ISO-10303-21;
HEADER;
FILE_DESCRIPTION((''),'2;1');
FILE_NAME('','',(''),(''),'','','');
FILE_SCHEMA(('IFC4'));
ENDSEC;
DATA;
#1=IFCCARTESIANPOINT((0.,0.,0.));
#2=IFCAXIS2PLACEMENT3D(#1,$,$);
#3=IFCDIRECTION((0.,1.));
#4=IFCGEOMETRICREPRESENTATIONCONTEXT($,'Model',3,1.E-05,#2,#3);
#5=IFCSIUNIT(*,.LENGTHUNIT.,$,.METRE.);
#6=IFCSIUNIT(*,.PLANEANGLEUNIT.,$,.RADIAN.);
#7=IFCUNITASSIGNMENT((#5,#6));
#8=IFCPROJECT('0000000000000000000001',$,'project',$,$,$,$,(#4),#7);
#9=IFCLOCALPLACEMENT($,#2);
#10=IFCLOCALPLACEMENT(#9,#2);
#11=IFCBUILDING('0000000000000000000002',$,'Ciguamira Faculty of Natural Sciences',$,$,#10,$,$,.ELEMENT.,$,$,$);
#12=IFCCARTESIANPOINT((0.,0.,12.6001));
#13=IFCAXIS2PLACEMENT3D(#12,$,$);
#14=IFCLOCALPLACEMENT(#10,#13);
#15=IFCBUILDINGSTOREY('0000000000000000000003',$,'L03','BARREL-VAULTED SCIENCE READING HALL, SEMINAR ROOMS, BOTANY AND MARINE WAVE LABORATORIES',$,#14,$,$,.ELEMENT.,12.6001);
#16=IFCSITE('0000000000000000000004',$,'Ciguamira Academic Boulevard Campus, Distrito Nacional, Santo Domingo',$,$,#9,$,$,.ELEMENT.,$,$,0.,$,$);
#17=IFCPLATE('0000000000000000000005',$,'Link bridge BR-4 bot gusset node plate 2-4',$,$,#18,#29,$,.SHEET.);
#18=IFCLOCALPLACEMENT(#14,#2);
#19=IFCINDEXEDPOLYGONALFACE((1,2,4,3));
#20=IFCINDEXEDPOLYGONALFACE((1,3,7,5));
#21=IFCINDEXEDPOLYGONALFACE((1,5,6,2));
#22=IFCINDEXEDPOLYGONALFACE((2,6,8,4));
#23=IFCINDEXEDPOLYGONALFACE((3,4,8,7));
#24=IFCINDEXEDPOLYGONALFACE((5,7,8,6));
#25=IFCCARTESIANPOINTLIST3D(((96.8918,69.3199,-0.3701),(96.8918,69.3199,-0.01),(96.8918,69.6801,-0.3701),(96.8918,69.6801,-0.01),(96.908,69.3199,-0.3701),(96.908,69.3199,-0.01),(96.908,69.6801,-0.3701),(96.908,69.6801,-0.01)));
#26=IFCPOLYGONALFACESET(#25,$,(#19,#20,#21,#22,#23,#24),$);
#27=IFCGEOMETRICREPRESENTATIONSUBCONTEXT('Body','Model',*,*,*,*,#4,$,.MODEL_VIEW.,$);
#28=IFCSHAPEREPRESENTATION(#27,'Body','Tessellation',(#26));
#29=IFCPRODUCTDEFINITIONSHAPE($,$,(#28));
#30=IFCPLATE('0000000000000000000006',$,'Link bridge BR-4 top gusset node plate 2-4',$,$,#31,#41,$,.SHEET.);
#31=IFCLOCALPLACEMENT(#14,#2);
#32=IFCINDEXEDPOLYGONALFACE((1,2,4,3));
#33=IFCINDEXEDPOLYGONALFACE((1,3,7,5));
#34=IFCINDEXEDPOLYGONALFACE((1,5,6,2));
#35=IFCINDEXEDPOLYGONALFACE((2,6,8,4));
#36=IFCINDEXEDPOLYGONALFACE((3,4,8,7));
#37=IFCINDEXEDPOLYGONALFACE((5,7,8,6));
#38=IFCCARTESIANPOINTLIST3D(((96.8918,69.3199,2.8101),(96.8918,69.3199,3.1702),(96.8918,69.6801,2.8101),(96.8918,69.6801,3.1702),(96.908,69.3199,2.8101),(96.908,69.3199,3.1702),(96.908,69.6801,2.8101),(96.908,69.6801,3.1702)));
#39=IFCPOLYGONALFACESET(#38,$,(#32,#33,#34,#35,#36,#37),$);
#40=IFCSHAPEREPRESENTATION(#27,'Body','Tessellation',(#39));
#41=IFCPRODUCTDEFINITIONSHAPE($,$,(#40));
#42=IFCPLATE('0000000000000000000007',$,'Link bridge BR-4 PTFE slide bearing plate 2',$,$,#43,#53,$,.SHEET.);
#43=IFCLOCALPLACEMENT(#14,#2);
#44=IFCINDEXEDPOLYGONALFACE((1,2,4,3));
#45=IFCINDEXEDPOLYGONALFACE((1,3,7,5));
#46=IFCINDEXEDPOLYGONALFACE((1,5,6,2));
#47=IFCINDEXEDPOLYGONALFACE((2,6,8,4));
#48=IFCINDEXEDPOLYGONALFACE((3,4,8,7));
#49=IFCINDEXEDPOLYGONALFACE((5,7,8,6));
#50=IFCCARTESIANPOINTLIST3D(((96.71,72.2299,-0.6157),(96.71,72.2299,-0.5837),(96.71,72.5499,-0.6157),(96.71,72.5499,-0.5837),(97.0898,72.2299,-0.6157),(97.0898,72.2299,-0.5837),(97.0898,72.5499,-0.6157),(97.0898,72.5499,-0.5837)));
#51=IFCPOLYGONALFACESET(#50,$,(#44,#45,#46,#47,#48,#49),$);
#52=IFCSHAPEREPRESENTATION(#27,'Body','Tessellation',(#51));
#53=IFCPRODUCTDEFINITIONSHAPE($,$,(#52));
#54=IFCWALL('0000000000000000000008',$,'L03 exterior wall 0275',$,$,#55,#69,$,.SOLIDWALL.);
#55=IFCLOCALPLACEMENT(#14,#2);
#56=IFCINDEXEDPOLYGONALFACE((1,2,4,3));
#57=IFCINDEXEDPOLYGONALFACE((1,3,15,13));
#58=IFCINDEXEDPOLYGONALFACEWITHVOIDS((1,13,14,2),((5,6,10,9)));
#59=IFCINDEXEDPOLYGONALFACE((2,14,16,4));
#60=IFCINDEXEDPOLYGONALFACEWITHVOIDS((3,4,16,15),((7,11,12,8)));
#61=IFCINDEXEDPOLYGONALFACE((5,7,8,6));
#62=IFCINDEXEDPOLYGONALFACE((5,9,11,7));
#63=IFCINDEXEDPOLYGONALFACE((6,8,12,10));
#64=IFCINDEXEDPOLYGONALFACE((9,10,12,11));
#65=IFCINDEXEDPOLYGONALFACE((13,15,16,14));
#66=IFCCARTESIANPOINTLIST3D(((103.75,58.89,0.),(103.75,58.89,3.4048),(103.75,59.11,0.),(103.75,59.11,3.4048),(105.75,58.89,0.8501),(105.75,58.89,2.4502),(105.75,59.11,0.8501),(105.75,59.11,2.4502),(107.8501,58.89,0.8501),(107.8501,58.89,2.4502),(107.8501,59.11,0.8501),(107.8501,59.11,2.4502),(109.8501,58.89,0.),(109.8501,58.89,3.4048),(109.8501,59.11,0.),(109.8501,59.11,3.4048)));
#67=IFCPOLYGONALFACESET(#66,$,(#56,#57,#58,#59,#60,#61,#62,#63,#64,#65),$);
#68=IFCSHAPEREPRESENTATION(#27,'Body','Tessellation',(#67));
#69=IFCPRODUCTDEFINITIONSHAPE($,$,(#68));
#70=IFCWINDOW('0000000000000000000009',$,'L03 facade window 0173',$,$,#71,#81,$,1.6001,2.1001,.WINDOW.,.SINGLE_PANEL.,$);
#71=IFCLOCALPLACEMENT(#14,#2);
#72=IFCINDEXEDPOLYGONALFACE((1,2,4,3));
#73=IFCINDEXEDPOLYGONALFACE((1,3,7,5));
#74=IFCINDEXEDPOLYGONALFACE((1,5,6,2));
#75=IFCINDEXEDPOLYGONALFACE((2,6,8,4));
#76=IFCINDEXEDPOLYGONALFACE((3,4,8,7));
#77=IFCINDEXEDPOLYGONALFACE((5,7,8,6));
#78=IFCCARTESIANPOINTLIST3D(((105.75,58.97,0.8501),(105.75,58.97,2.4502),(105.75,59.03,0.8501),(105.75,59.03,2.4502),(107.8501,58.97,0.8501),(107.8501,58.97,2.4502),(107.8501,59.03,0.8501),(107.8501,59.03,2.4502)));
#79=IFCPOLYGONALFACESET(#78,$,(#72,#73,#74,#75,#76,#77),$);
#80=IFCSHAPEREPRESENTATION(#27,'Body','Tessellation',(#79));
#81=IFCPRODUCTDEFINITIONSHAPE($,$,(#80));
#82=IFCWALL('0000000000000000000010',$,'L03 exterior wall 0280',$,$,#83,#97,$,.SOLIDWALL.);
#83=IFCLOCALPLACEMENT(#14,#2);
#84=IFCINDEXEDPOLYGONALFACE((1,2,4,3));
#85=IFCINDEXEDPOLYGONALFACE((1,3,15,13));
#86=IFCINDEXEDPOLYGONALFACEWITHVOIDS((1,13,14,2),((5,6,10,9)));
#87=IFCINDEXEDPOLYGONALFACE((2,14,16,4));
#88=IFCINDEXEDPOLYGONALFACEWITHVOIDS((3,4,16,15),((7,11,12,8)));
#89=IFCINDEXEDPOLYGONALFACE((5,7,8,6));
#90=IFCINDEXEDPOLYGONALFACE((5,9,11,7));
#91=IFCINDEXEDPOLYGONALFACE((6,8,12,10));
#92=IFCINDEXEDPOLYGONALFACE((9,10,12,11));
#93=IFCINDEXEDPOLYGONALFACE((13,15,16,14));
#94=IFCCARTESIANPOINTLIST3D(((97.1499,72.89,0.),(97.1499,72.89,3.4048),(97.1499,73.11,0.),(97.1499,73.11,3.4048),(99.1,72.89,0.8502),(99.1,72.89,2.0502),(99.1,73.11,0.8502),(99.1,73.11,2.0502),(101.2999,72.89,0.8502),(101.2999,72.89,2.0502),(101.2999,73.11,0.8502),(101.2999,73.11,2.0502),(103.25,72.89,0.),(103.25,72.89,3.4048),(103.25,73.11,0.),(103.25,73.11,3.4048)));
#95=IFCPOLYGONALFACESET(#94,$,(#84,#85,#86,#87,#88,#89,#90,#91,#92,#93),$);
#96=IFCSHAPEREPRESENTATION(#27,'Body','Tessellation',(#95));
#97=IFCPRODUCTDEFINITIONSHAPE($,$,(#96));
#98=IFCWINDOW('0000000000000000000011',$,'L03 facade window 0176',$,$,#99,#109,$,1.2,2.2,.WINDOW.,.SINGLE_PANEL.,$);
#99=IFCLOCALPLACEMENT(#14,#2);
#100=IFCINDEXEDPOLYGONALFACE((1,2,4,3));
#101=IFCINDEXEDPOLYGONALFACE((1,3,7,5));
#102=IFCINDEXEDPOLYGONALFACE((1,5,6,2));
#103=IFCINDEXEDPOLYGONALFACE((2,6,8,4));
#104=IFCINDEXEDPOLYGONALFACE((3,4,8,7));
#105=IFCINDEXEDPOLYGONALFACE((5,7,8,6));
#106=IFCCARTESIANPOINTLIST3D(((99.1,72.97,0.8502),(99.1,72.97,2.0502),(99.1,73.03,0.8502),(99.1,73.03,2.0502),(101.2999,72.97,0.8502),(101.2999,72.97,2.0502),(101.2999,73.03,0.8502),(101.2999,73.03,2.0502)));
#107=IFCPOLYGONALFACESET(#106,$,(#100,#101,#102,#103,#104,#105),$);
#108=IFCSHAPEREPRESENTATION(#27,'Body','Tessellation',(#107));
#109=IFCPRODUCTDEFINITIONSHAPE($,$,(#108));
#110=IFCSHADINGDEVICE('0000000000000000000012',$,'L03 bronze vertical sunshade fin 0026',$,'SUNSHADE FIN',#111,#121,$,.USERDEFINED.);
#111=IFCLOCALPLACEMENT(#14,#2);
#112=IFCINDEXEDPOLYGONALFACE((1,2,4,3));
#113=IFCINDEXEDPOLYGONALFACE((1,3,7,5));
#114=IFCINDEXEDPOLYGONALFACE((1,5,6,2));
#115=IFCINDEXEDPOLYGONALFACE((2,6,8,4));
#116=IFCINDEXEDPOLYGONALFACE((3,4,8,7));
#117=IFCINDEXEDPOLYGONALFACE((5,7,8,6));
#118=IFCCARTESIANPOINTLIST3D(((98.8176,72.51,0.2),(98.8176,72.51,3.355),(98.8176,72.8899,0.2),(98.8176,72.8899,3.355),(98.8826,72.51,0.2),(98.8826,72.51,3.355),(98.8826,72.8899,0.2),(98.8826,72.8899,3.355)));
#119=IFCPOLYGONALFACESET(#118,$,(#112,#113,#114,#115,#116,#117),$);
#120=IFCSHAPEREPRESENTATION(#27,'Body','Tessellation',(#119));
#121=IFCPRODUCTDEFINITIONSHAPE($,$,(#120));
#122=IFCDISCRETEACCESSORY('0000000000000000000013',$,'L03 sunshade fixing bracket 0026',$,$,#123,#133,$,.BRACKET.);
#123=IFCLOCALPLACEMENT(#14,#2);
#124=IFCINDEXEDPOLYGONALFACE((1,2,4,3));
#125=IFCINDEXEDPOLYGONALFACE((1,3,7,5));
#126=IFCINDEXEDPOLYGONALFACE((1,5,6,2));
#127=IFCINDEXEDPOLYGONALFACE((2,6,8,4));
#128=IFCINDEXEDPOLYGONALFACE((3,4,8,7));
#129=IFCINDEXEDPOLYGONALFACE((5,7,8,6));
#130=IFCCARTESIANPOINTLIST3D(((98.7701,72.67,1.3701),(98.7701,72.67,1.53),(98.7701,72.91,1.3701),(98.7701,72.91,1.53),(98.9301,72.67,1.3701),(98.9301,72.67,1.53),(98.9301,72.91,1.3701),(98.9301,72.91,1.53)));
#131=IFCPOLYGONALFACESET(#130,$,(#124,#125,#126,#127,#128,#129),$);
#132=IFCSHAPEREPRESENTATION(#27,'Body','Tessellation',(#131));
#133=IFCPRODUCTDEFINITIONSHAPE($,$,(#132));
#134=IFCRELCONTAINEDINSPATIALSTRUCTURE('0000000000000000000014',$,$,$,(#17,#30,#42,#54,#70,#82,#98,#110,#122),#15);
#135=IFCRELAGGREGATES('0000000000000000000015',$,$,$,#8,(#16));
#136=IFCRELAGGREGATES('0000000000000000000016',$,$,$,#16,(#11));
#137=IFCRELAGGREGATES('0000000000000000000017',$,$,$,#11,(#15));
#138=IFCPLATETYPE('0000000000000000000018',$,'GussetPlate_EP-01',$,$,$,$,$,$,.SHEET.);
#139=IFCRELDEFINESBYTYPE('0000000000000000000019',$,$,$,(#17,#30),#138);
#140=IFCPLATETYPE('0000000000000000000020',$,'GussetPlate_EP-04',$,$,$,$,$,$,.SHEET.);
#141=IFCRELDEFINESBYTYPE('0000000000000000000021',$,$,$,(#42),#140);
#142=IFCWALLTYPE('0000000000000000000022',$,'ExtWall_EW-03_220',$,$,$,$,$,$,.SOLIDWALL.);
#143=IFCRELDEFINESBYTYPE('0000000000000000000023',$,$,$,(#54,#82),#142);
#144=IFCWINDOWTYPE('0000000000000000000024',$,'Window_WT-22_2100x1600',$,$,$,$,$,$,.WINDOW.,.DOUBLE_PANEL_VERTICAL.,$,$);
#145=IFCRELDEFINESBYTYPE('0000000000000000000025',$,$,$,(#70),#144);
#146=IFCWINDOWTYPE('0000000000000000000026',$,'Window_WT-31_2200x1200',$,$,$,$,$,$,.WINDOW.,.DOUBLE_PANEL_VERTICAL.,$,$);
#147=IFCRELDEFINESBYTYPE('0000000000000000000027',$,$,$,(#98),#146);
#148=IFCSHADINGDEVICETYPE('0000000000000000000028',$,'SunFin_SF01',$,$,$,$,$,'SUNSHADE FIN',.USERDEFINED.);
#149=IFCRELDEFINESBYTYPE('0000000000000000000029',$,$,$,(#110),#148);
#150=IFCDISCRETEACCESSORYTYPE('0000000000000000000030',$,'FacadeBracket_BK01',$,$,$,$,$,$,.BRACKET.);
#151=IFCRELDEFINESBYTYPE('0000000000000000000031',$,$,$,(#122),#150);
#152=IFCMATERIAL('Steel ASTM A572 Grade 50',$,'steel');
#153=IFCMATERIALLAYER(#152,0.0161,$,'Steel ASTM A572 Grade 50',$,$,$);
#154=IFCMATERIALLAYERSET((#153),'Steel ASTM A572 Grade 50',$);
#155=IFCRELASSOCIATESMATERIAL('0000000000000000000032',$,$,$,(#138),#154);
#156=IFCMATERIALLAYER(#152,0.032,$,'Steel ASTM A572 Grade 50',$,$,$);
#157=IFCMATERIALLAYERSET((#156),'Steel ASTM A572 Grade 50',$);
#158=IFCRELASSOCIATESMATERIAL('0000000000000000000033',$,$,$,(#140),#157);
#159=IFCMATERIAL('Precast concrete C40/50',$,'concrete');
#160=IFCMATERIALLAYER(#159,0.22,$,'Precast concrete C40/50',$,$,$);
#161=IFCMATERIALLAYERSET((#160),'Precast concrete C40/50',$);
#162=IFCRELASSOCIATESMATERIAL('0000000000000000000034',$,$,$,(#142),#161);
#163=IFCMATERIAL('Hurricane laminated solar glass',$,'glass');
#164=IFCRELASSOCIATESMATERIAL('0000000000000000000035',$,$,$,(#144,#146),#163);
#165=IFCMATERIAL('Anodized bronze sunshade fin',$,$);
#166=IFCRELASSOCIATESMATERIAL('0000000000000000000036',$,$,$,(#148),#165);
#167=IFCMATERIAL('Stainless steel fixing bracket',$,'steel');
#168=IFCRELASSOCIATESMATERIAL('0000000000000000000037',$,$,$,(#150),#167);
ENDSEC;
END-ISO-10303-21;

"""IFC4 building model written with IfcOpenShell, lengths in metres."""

from ifc_helpers import new_model, si_unit, direction, frame, frame_2d, origin, origin_2d, place, context, subcontext, project, spatial, rectangle, extrude, material, layer, layer_set, material_profile, profile_set, type_object, element, fill, save


model = new_model("IFC4")

# Units and contexts
model_context = context("Model", 3, precision=1e-05, world=origin(), true_north=direction((0.0, 1.0)))
body_context = subcontext(model_context, "Body", "Model", "MODEL_VIEW")
ifc_project = project(units=[si_unit("LENGTHUNIT", "METRE"), si_unit("PLANEANGLEUNIT", "RADIAN")], contexts=[model_context])

# Site, building, storey
site_placement = place(None, origin())
site = spatial("IfcSite", under=ifc_project, at=site_placement, Name="Ciguamira Academic Boulevard Campus, Distrito Nacional, Santo Domingo", CompositionType="ELEMENT", RefElevation=0.0)
building_placement = place(site_placement, origin())
building = spatial("IfcBuilding", under=site, at=building_placement, Name="Ciguamira Faculty of Natural Sciences", CompositionType="ELEMENT")
storey_placement = place(building_placement, frame((0.0, 0.0, 12.6001)))
storey = spatial("IfcBuildingStorey", under=building, at=storey_placement, Name="L03", Description="BARREL-VAULTED SCIENCE READING HALL, SEMINAR ROOMS, BOTANY AND MARINE WAVE LABORATORIES", CompositionType="ELEMENT", Elevation=12.6001)

# Plates
ifc_material_1 = material(Name="Steel ASTM A572 Grade 50", Category="steel")
ifc_layer_1 = layer(ifc_material_1, 0.0161, Name="Steel ASTM A572 Grade 50")
ifc_layer_set_1 = layer_set([ifc_layer_1], Name="Steel ASTM A572 Grade 50")
plate_type_1 = type_object("IfcPlateType", Name="GussetPlate_EP-01", PredefinedType="SHEET", material=ifc_layer_set_1)
for number, where, z_axis, x_axis, name in (
    (1, (96.8999, 69.5, -0.3701), (0.0, 0.0, 1.0), (1.0, 0.0, 0.0), "Link bridge BR-4 bot gusset node plate 2-4"),
    (2, (96.8999, 69.5, 2.8101), (0.0, 0.0, 1.0), (1.0, 0.0, 0.0), "Link bridge BR-4 top gusset node plate 2-4"),
):
    element("IfcPlate", number, at=place(storey_placement, frame(where, z_axis=z_axis, x_axis=x_axis)), inside=storey, type_object=plate_type_1, Name=name, PredefinedType="SHEET", context=body_context, shape_type="SweptSolid", body=[
        extrude(rectangle(XDim=0.0161, YDim=0.3601, at=origin_2d()), origin(), (0.0, 0.0, 1.0), 0.3601),
    ])
ifc_layer_2 = layer(ifc_material_1, 0.032, Name="Steel ASTM A572 Grade 50")
ifc_layer_set_2 = layer_set([ifc_layer_2], Name="Steel ASTM A572 Grade 50")
plate_type_2 = type_object("IfcPlateType", Name="GussetPlate_EP-04", PredefinedType="SHEET", material=ifc_layer_set_2)
plate_1_placement = place(storey_placement, frame((96.8999, 72.3899, -0.6157), z_axis=(0.0, 0.0, 1.0), x_axis=(1.0, 0.0, 0.0)))
element("IfcPlate", 3, at=plate_1_placement, inside=storey, type_object=plate_type_2, Name="Link bridge BR-4 PTFE slide bearing plate 2", PredefinedType="SHEET", context=body_context, shape_type="SweptSolid", body=[
    extrude(rectangle(XDim=0.3799, YDim=0.3201, at=origin_2d()), origin(), (0.0, 0.0, 1.0), 0.032),
])

# Walls, openings, windows
ifc_material_2 = material(Name="Precast concrete C40/50", Category="concrete")
ifc_layer_3 = layer(ifc_material_2, 0.22, Name="Precast concrete C40/50")
ifc_layer_set_3 = layer_set([ifc_layer_3], Name="Precast concrete C40/50")
wall_type = type_object("IfcWallType", Name="ExtWall_EW-03_220", PredefinedType="SOLIDWALL", material=ifc_layer_set_3)
wall_1_placement = place(storey_placement, frame((103.75, 59.0, 0.0), z_axis=(0.0, 0.0, 1.0), x_axis=(1.0, 0.0, 0.0)))
wall_1 = element("IfcWall", 4, at=wall_1_placement, inside=storey, type_object=wall_type, Name="L03 exterior wall 0275", PredefinedType="SOLIDWALL", context=body_context, shape_type="SweptSolid", body=[
    extrude(rectangle(XDim=6.1001, YDim=0.22, at=frame_2d((3.05, 0.0))), origin(), (0.0, 0.0, 1.0), 3.4048),
])
opening_1_placement = place(wall_1_placement, frame((2.0, 0.0, 0.8501)))
opening_1 = element("IfcOpeningElement", 5, at=opening_1_placement, cuts=wall_1, PredefinedType="OPENING", context=body_context, shape_type="SweptSolid", body=[
    extrude(rectangle(XDim=2.1001, YDim=1.6001, at=frame_2d((1.05, 0.8))), frame((0.0, 0.1199, 0.0), z_axis=(0.0, -1.0, 0.0), x_axis=(1.0, 0.0, 0.0)), (0.0, 0.0, 1.0), 0.24),
])
ifc_material_3 = material(Name="Hurricane laminated solar glass", Category="glass")
window_type_1 = type_object("IfcWindowType", Name="Window_WT-22_2100x1600", PartitioningType="DOUBLE_PANEL_VERTICAL", PredefinedType="WINDOW", material=ifc_material_3)
window_1_placement = place(opening_1_placement, origin())
window_1 = element("IfcWindow", 6, at=window_1_placement, inside=storey, type_object=window_type_1, Name="L03 facade window 0173", OverallHeight=1.6001, OverallWidth=2.1001, PartitioningType="SINGLE_PANEL", PredefinedType="WINDOW", context=body_context, shape_type="SweptSolid", body=[
    extrude(rectangle(XDim=2.1001, YDim=1.6001, at=frame_2d((1.05, 0.8))), frame((0.0, 0.03, 0.0), z_axis=(0.0, -1.0, 0.0), x_axis=(1.0, 0.0, 0.0)), (0.0, 0.0, 1.0), 0.0601),
])
fill(opening_1, window_1)
wall_2_placement = place(storey_placement, frame((97.1499, 73.0, 0.0), z_axis=(0.0, 0.0, 1.0), x_axis=(1.0, 0.0, 0.0)))
wall_2 = element("IfcWall", 7, at=wall_2_placement, inside=storey, type_object=wall_type, Name="L03 exterior wall 0280", PredefinedType="SOLIDWALL", context=body_context, shape_type="SweptSolid", body=[
    extrude(rectangle(XDim=6.1001, YDim=0.22, at=frame_2d((3.05, 0.0))), origin(), (0.0, 0.0, 1.0), 3.4048),
])
opening_2_placement = place(wall_2_placement, frame((1.95, 0.0, 0.8501)))
opening_2 = element("IfcOpeningElement", 8, at=opening_2_placement, cuts=wall_2, PredefinedType="OPENING", context=body_context, shape_type="SweptSolid", body=[
    extrude(rectangle(XDim=2.2, YDim=1.2, at=frame_2d((1.1001, 0.6001))), frame((0.0, 0.1199, 0.0), z_axis=(0.0, -1.0, 0.0), x_axis=(1.0, 0.0, 0.0)), (0.0, 0.0, 1.0), 0.24),
])
window_type_2 = type_object("IfcWindowType", Name="Window_WT-31_2200x1200", PartitioningType="DOUBLE_PANEL_VERTICAL", PredefinedType="WINDOW", material=ifc_material_3)
window_2_placement = place(opening_2_placement, origin())
window_2 = element("IfcWindow", 9, at=window_2_placement, inside=storey, type_object=window_type_2, Name="L03 facade window 0176", OverallHeight=1.2, OverallWidth=2.2, PartitioningType="SINGLE_PANEL", PredefinedType="WINDOW", context=body_context, shape_type="SweptSolid", body=[
    extrude(rectangle(XDim=2.2, YDim=1.2, at=frame_2d((1.1001, 0.6001))), frame((0.0, 0.03, 0.0), z_axis=(0.0, -1.0, 0.0), x_axis=(1.0, 0.0, 0.0)), (0.0, 0.0, 1.0), 0.0601),
])
fill(opening_2, window_2)

# Shading device
ifc_material_4 = material(Name="Anodized bronze sunshade fin")
ifc_material_profile_1 = material_profile(ifc_material_4, rectangle(XDim=0.0649, YDim=0.3799, at=origin_2d()), Name="BRZ-FIN-65X380")
ifc_profile_set_1 = profile_set([ifc_material_profile_1], Name="Anodized bronze sunshade fin")
shading_device_type = type_object("IfcShadingDeviceType", Name="SunFin_SF01", ElementType="SUNSHADE FIN", PredefinedType="USERDEFINED", material=ifc_profile_set_1)
shading_device_placement = place(storey_placement, frame((98.8501, 72.7, 0.2), z_axis=(0.0, 0.0, 1.0), x_axis=(1.0, 0.0, 0.0)))
element("IfcShadingDevice", 10, at=shading_device_placement, inside=storey, type_object=shading_device_type, Name="L03 bronze vertical sunshade fin 0026", ObjectType="SUNSHADE FIN", PredefinedType="USERDEFINED", context=body_context, shape_type="SweptSolid", body=[
    extrude(rectangle(XDim=0.0649, YDim=0.3799, at=origin_2d()), origin(), (0.0, 0.0, 1.0), 3.155),
])

# Discrete accessory
ifc_material_5 = material(Name="Stainless steel fixing bracket", Category="steel")
discrete_accessory_type = type_object("IfcDiscreteAccessoryType", Name="FacadeBracket_BK01", PredefinedType="BRACKET", material=ifc_material_5)
discrete_accessory_placement = place(storey_placement, frame((98.8501, 72.79, 1.3701), z_axis=(0.0, 0.0, 1.0), x_axis=(1.0, 0.0, 0.0)))
element("IfcDiscreteAccessory", 11, at=discrete_accessory_placement, inside=storey, type_object=discrete_accessory_type, Name="L03 sunshade fixing bracket 0026", PredefinedType="BRACKET", context=body_context, shape_type="SweptSolid", body=[
    extrude(rectangle(XDim=0.1599, YDim=0.24, at=origin_2d()), origin(), (0.0, 0.0, 1.0), 0.1599),
])

save(model, "model.ifc")
